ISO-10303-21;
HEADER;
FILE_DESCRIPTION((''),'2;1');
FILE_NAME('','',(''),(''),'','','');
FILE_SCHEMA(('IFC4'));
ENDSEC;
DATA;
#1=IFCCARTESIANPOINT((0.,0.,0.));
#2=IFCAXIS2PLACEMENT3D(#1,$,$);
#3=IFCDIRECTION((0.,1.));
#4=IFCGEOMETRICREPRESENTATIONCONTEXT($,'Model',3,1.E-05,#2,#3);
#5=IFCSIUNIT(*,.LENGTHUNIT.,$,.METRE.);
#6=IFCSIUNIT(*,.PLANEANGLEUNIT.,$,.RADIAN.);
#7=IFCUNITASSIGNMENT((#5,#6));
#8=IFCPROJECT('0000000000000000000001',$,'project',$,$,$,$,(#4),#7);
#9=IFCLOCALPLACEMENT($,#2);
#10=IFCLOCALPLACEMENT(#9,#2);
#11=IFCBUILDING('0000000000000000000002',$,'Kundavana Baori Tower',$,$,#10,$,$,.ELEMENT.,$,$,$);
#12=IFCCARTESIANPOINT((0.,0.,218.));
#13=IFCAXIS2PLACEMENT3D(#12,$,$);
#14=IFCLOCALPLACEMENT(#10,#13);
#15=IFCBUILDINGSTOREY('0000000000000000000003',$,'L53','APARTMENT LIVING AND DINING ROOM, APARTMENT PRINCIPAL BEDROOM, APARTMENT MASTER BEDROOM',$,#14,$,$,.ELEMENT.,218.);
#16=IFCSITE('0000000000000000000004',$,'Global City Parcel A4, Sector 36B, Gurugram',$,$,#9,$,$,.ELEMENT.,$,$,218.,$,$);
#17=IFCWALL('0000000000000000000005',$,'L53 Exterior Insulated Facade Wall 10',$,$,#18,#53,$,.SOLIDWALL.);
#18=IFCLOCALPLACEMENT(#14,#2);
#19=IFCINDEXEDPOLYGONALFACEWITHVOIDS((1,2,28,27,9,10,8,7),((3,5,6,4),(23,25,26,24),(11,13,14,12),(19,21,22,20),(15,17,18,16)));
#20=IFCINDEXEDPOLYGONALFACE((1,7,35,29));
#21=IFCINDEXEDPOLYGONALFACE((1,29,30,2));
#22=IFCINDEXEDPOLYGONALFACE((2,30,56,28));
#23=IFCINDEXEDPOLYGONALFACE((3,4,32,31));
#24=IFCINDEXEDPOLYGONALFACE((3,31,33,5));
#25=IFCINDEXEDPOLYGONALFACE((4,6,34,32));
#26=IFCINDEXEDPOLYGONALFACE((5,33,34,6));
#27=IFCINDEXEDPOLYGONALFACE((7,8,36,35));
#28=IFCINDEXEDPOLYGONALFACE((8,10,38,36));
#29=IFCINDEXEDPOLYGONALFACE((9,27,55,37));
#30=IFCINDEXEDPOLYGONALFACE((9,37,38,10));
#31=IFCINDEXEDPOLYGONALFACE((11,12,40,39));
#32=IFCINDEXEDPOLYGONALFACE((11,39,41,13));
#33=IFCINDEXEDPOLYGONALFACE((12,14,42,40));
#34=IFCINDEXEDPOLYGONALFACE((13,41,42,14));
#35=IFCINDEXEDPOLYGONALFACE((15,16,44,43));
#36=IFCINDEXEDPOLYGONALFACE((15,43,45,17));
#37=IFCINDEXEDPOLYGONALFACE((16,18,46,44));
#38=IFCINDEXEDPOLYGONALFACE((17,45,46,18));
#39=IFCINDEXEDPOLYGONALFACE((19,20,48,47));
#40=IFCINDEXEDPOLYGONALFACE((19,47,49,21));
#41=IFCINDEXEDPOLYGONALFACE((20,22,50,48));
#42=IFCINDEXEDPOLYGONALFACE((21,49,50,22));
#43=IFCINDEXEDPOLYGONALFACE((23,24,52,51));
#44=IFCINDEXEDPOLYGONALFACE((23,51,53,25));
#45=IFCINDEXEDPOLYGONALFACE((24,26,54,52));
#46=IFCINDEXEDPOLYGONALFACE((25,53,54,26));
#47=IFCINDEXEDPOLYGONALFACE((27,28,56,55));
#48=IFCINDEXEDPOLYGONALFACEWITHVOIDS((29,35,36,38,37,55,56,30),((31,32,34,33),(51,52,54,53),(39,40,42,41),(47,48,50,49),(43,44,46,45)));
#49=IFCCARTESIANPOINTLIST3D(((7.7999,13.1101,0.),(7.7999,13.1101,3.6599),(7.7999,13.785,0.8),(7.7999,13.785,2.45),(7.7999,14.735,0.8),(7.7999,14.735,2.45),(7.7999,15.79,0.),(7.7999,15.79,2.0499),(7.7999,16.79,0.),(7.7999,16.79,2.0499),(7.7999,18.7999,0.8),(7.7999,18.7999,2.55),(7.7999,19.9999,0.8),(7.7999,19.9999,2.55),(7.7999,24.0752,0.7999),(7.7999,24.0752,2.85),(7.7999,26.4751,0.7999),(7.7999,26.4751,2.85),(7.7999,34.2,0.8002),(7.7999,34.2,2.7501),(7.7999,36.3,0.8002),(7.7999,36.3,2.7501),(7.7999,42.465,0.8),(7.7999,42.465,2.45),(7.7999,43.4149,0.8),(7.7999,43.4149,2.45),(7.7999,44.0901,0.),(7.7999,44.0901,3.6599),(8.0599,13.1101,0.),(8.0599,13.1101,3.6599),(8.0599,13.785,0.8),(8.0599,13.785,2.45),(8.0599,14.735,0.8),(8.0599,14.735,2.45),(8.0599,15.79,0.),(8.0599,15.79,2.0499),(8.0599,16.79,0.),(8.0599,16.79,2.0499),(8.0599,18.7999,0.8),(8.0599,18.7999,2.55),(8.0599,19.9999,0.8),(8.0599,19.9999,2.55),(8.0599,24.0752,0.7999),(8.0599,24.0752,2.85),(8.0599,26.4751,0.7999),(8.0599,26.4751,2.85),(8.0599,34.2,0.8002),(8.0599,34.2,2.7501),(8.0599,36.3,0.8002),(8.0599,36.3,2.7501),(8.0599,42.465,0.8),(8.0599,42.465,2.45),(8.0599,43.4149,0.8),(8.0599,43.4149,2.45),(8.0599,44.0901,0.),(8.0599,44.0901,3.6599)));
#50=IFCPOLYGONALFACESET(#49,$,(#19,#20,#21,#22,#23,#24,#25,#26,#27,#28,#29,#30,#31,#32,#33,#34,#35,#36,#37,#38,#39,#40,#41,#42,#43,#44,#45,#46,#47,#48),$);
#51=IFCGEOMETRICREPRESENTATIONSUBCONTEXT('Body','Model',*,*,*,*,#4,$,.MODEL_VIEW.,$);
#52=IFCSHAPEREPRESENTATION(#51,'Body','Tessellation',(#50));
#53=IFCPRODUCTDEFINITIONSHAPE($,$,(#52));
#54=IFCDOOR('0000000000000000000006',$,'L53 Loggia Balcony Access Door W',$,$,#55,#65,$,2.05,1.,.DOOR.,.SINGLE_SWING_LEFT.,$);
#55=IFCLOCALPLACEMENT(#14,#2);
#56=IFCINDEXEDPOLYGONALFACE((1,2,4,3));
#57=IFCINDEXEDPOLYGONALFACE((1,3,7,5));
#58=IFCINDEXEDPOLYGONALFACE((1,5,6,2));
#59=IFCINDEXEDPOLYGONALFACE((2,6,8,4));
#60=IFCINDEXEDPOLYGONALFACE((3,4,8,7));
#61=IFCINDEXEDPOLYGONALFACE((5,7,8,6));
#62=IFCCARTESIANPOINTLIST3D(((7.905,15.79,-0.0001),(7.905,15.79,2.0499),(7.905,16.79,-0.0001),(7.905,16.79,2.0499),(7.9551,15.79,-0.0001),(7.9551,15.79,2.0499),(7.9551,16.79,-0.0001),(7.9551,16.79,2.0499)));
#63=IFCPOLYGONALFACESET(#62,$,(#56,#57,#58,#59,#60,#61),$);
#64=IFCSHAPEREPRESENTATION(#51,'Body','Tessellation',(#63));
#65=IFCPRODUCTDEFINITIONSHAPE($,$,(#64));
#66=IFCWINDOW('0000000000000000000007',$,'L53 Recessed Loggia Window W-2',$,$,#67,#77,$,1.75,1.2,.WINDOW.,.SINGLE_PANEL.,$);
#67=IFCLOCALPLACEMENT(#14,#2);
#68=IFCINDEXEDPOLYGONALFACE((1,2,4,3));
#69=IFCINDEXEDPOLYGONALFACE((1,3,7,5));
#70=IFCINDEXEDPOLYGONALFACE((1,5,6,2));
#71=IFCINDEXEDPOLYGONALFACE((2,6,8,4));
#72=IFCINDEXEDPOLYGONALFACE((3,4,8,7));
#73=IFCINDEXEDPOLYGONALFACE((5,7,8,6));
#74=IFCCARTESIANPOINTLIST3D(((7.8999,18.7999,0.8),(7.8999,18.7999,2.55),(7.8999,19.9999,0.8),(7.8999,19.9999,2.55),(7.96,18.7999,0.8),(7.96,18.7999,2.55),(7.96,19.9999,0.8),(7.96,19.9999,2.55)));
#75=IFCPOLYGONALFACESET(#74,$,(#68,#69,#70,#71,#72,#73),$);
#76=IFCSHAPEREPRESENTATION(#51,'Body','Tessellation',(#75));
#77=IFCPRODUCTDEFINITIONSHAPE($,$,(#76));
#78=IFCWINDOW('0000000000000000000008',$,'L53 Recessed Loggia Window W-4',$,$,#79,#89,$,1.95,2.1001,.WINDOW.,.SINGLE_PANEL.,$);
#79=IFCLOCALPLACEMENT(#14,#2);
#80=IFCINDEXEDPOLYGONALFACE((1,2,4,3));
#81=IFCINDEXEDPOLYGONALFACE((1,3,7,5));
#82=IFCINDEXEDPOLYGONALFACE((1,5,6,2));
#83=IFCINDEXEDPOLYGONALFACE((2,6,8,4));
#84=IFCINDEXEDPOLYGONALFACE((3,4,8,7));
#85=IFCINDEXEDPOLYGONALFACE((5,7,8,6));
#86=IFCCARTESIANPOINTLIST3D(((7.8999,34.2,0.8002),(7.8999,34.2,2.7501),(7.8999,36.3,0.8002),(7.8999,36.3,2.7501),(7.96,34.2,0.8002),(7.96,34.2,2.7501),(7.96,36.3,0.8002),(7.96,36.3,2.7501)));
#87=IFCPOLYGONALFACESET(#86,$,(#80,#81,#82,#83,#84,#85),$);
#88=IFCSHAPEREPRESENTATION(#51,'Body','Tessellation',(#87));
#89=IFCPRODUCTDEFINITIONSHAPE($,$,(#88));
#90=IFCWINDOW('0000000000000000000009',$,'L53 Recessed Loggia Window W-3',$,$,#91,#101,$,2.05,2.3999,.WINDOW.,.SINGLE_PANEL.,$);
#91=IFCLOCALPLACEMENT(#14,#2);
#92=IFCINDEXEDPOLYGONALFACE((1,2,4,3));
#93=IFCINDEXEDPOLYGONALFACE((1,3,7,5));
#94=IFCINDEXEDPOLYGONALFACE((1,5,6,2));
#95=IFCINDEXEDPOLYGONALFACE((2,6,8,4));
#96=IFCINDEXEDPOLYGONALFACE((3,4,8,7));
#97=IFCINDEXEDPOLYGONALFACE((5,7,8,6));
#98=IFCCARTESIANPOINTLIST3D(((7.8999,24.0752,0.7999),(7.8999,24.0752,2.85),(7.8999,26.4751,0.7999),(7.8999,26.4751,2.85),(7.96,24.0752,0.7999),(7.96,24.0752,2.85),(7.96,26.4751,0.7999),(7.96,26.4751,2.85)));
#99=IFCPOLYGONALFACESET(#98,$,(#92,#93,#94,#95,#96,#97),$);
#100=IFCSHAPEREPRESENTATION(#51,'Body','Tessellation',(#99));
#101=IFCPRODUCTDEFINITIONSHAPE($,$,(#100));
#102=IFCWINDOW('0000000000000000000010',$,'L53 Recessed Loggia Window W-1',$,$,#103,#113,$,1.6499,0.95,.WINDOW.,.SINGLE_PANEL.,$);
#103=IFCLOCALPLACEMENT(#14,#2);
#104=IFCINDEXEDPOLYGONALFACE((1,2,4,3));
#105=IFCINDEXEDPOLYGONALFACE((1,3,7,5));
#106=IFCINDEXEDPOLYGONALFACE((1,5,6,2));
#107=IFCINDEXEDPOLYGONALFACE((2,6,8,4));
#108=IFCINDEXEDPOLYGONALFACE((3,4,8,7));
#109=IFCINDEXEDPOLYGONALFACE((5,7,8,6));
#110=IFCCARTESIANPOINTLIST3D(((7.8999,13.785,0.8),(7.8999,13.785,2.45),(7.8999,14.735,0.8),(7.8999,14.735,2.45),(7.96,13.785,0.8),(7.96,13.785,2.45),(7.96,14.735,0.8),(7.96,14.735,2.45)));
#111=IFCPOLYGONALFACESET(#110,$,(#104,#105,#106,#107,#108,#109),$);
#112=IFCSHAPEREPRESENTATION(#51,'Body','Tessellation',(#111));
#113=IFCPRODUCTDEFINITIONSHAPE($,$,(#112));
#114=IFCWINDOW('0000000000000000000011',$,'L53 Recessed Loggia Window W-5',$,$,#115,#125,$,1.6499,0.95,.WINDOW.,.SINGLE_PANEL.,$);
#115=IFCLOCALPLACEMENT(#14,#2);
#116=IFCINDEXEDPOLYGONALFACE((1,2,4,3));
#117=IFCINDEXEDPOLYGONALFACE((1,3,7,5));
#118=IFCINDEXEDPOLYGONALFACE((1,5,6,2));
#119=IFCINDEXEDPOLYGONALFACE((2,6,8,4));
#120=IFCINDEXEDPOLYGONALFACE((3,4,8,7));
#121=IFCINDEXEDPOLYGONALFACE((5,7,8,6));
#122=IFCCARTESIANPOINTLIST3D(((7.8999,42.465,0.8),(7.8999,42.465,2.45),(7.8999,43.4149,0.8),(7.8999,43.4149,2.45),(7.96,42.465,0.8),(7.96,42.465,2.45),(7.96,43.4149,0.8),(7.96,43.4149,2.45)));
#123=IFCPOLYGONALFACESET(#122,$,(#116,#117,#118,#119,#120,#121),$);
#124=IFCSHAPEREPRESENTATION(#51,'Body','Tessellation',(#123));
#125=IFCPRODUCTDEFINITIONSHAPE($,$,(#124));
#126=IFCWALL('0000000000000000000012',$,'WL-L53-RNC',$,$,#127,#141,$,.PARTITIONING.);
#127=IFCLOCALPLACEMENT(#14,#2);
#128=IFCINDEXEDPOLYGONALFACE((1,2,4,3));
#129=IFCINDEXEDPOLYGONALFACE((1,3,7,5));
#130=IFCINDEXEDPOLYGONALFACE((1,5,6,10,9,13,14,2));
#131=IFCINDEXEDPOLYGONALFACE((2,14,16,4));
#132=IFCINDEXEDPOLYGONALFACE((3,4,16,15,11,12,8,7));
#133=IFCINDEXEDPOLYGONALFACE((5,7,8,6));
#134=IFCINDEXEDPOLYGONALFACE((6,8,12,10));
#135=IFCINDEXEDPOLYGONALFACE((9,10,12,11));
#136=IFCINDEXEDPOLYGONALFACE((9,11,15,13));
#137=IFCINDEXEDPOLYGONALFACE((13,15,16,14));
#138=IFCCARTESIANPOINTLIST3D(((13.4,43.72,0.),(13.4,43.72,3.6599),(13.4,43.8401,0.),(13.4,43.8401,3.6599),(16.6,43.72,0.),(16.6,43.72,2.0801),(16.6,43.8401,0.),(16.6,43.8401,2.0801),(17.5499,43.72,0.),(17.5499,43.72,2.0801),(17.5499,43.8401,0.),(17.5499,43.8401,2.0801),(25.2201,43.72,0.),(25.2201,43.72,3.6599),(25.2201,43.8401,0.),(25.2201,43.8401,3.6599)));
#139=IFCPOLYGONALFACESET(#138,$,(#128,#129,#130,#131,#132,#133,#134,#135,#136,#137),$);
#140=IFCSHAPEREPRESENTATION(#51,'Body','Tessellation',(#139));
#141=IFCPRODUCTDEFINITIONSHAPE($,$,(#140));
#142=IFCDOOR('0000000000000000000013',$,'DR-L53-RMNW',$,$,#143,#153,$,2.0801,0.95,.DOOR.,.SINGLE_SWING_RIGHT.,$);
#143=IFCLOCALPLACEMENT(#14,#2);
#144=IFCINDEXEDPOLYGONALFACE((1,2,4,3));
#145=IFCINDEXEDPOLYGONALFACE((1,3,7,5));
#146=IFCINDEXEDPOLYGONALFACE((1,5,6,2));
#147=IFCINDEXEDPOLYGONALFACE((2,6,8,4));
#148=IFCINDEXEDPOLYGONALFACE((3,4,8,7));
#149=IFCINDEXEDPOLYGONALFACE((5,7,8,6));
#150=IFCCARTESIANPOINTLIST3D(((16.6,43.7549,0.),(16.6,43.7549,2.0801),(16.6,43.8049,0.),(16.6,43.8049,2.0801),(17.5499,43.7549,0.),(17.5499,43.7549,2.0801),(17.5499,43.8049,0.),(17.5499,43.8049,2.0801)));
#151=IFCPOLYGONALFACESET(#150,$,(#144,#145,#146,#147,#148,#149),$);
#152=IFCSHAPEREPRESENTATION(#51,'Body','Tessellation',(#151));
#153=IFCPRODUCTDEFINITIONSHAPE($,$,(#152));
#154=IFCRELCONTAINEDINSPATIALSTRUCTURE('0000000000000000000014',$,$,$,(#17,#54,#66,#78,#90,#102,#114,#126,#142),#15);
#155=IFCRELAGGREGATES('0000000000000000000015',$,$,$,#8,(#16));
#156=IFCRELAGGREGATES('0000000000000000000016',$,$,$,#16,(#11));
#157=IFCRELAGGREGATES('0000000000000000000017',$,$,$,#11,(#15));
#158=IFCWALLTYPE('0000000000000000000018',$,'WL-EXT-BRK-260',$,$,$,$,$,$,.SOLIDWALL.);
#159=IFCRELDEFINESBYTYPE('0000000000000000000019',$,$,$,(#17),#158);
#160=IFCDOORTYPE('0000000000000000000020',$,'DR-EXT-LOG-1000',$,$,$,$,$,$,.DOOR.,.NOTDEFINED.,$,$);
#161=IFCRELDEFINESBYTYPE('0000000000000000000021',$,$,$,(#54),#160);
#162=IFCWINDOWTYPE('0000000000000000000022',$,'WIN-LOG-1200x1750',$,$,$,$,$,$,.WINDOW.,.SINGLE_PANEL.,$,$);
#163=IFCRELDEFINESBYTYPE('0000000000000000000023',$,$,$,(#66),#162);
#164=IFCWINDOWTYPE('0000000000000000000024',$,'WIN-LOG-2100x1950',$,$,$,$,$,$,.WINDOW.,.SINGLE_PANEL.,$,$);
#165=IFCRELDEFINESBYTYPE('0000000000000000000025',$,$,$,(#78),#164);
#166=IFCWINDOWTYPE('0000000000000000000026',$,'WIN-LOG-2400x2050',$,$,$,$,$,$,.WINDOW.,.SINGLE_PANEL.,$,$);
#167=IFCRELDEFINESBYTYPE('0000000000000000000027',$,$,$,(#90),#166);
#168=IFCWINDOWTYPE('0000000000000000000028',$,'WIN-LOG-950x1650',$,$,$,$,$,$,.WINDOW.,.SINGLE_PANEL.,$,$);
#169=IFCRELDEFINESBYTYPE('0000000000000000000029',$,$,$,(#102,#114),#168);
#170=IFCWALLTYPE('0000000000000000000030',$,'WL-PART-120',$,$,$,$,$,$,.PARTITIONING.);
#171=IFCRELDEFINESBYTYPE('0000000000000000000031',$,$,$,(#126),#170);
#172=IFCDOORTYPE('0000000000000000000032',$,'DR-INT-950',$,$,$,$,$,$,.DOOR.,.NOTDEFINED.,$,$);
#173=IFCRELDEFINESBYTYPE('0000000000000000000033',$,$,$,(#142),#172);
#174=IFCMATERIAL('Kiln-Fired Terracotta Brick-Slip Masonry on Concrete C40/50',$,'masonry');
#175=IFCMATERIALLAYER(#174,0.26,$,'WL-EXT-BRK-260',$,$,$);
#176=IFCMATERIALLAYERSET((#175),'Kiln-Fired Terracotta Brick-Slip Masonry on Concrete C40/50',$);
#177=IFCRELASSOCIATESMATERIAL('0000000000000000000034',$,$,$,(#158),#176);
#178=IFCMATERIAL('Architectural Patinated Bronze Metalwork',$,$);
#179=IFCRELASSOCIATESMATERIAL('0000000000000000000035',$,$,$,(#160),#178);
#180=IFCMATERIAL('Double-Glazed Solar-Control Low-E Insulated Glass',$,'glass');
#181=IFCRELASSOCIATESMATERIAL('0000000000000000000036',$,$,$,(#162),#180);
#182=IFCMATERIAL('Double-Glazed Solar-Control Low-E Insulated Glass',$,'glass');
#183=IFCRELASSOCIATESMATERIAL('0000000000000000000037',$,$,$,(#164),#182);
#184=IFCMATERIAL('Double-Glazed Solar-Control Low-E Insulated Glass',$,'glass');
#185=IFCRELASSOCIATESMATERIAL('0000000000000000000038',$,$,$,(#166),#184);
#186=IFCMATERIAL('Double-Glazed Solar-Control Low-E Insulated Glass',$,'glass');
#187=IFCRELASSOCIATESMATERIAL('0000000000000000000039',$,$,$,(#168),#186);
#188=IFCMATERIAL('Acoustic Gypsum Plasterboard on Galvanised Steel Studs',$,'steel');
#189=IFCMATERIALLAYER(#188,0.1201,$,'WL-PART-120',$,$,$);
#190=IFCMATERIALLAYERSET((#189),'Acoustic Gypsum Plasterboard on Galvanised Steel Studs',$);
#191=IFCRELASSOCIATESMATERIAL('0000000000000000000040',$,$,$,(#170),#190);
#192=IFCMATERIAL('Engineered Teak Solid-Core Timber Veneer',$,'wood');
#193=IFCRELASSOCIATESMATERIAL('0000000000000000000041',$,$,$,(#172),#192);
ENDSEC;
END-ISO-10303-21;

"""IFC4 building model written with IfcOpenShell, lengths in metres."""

from ifc_helpers import new_model, si_unit, direction, frame, frame_2d, origin, place, context, subcontext, project, spatial, rectangle, extrude, material, layer, layer_set, type_object, element, fill, save


model = new_model("IFC4")

# Units and contexts
model_context = context("Model", 3, precision=1e-05, world=origin(), true_north=direction((0.0, 1.0)))
body_context = subcontext(model_context, "Body", "Model", "MODEL_VIEW")
ifc_project = project(units=[si_unit("LENGTHUNIT", "METRE"), si_unit("PLANEANGLEUNIT", "RADIAN")], contexts=[model_context])

# Site, building, storey
site_placement = place(None, origin())
site = spatial("IfcSite", under=ifc_project, at=site_placement, Name="Global City Parcel A4, Sector 36B, Gurugram", CompositionType="ELEMENT", RefElevation=218.0)
building_placement = place(site_placement, origin())
building = spatial("IfcBuilding", under=site, at=building_placement, Name="Kundavana Baori Tower", CompositionType="ELEMENT")
storey_placement = place(building_placement, frame((0.0, 0.0, 218.0)))
storey = spatial("IfcBuildingStorey", under=building, at=storey_placement, Name="L53", Description="APARTMENT LIVING AND DINING ROOM, APARTMENT PRINCIPAL BEDROOM, APARTMENT MASTER BEDROOM", CompositionType="ELEMENT", Elevation=218.0)

# Shared definitions
ifc_material_1 = material(Name="Kiln-Fired Terracotta Brick-Slip Masonry on Concrete C40/50", Category="masonry")
ifc_layer_1 = layer(ifc_material_1, 0.26, Name="WL-EXT-BRK-260")
ifc_layer_set_1 = layer_set([ifc_layer_1], Name="Kiln-Fired Terracotta Brick-Slip Masonry on Concrete C40/50")
wall_type_1 = type_object("IfcWallType", Name="WL-EXT-BRK-260", PredefinedType="SOLIDWALL", material=ifc_layer_set_1)

# Wall, openings, door, windows
wall_1_placement = place(storey_placement, frame((7.9299, 44.0901, 0.0), z_axis=(0.0, 0.0, 1.0), x_axis=(0.0, -1.0, 0.0)))
wall_1 = element("IfcWall", 1, at=wall_1_placement, inside=storey, type_object=wall_type_1, Name="L53 Exterior Insulated Facade Wall 10", PredefinedType="SOLIDWALL", context=body_context, shape_type="SweptSolid", body=[
    extrude(rectangle(XDim=30.98, YDim=0.26, at=frame_2d((15.49, 0.0))), origin(), (0.0, 0.0, 1.0), 3.6599),
])
opening_1_placement = place(wall_1_placement, frame((29.355, 0.0, 0.8)))
opening_1 = element("IfcOpeningElement", 2, at=opening_1_placement, cuts=wall_1, PredefinedType="OPENING", context=body_context, shape_type="SweptSolid", body=[
    extrude(rectangle(XDim=0.95, YDim=1.6499, at=frame_2d((0.4751, 0.825))), frame((0.0, 0.1401, 0.0), z_axis=(0.0, -1.0, 0.0), x_axis=(1.0, 0.0, 0.0)), (0.0, 0.0, 1.0), 0.28),
])
opening_2_placement = place(wall_1_placement, frame((27.3, 0.0, 0.0)))
opening_2 = element("IfcOpeningElement", 3, at=opening_2_placement, cuts=wall_1, PredefinedType="OPENING", context=body_context, shape_type="SweptSolid", body=[
    extrude(rectangle(XDim=1.0, YDim=2.05, at=frame_2d((0.5, 1.0249))), frame((0.0, 0.1401, 0.0), z_axis=(0.0, -1.0, 0.0), x_axis=(1.0, 0.0, 0.0)), (0.0, 0.0, 1.0), 0.28),
])
opening_3_placement = place(wall_1_placement, frame((24.0901, 0.0, 0.8)))
opening_3 = element("IfcOpeningElement", 4, at=opening_3_placement, cuts=wall_1, PredefinedType="OPENING", context=body_context, shape_type="SweptSolid", body=[
    extrude(rectangle(XDim=1.2, YDim=1.75, at=frame_2d((0.6001, 0.875))), frame((0.0, 0.1401, 0.0), z_axis=(0.0, -1.0, 0.0), x_axis=(1.0, 0.0, 0.0)), (0.0, 0.0, 1.0), 0.28),
])
opening_4_placement = place(wall_1_placement, frame((17.615, 0.0, 0.8)))
opening_4 = element("IfcOpeningElement", 5, at=opening_4_placement, cuts=wall_1, PredefinedType="OPENING", context=body_context, shape_type="SweptSolid", body=[
    extrude(rectangle(XDim=2.3999, YDim=2.05, at=frame_2d((1.2, 1.0249))), frame((0.0, 0.1401, 0.0), z_axis=(0.0, -1.0, 0.0), x_axis=(1.0, 0.0, 0.0)), (0.0, 0.0, 1.0), 0.28),
])
opening_5_placement = place(wall_1_placement, frame((7.79, 0.0, 0.8)))
opening_5 = element("IfcOpeningElement", 6, at=opening_5_placement, cuts=wall_1, PredefinedType="OPENING", context=body_context, shape_type="SweptSolid", body=[
    extrude(rectangle(XDim=2.1001, YDim=1.95, at=frame_2d((1.05, 0.9751))), frame((0.0, 0.1401, 0.0), z_axis=(0.0, -1.0, 0.0), x_axis=(1.0, 0.0, 0.0)), (0.0, 0.0, 1.0), 0.28),
])
opening_6_placement = place(wall_1_placement, frame((0.675, 0.0, 0.8)))
opening_6 = element("IfcOpeningElement", 7, at=opening_6_placement, cuts=wall_1, PredefinedType="OPENING", context=body_context, shape_type="SweptSolid", body=[
    extrude(rectangle(XDim=0.95, YDim=1.6499, at=frame_2d((0.4751, 0.825))), frame((0.0, 0.1401, 0.0), z_axis=(0.0, -1.0, 0.0), x_axis=(1.0, 0.0, 0.0)), (0.0, 0.0, 1.0), 0.28),
])
ifc_material_2 = material(Name="Architectural Patinated Bronze Metalwork")
door_type_1 = type_object("IfcDoorType", Name="DR-EXT-LOG-1000", OperationType="NOTDEFINED", PredefinedType="DOOR", material=ifc_material_2)
door_1_placement = place(opening_2_placement, frame((1.0, 0.0, 0.0), z_axis=(0.0, 0.0, 1.0), x_axis=(-1.0, 0.0, 0.0)))
door_1 = element("IfcDoor", 8, at=door_1_placement, inside=storey, type_object=door_type_1, Name="L53 Loggia Balcony Access Door W", OperationType="SINGLE_SWING_LEFT", OverallHeight=2.05, OverallWidth=1.0, PredefinedType="DOOR", context=body_context, shape_type="SweptSolid", body=[
    extrude(rectangle(XDim=1.0, YDim=2.05, at=frame_2d((0.5, 1.0249))), frame((0.0, 0.0249, 0.0), z_axis=(0.0, -1.0, 0.0), x_axis=(1.0, 0.0, 0.0)), (0.0, 0.0, 1.0), 0.05),
])
fill(opening_2, door_1)
ifc_material_3 = material(Name="Double-Glazed Solar-Control Low-E Insulated Glass", Category="glass")
window_type_1 = type_object("IfcWindowType", Name="WIN-LOG-1200x1750", PartitioningType="SINGLE_PANEL", PredefinedType="WINDOW", material=ifc_material_3)
window_1_placement = place(opening_3_placement, origin())
window_1 = element("IfcWindow", 9, at=window_1_placement, inside=storey, type_object=window_type_1, Name="L53 Recessed Loggia Window W-2", OverallHeight=1.75, OverallWidth=1.2, PartitioningType="SINGLE_PANEL", PredefinedType="WINDOW", context=body_context, shape_type="SweptSolid", body=[
    extrude(rectangle(XDim=1.2, YDim=1.75, at=frame_2d((0.6001, 0.875))), frame((0.0, 0.03, 0.0), z_axis=(0.0, -1.0, 0.0), x_axis=(1.0, 0.0, 0.0)), (0.0, 0.0, 1.0), 0.0601),
])
fill(opening_3, window_1)
ifc_material_4 = material(Name="Double-Glazed Solar-Control Low-E Insulated Glass", Category="glass")
window_type_2 = type_object("IfcWindowType", Name="WIN-LOG-2100x1950", PartitioningType="SINGLE_PANEL", PredefinedType="WINDOW", material=ifc_material_4)
window_2_placement = place(opening_5_placement, origin())
window_2 = element("IfcWindow", 10, at=window_2_placement, inside=storey, type_object=window_type_2, Name="L53 Recessed Loggia Window W-4", OverallHeight=1.95, OverallWidth=2.1001, PartitioningType="SINGLE_PANEL", PredefinedType="WINDOW", context=body_context, shape_type="SweptSolid", body=[
    extrude(rectangle(XDim=2.1001, YDim=1.95, at=frame_2d((1.05, 0.9751))), frame((0.0, 0.03, 0.0), z_axis=(0.0, -1.0, 0.0), x_axis=(1.0, 0.0, 0.0)), (0.0, 0.0, 1.0), 0.0601),
])
fill(opening_5, window_2)
ifc_material_5 = material(Name="Double-Glazed Solar-Control Low-E Insulated Glass", Category="glass")
window_type_3 = type_object("IfcWindowType", Name="WIN-LOG-2400x2050", PartitioningType="SINGLE_PANEL", PredefinedType="WINDOW", material=ifc_material_5)
window_3_placement = place(opening_4_placement, origin())
window_3 = element("IfcWindow", 11, at=window_3_placement, inside=storey, type_object=window_type_3, Name="L53 Recessed Loggia Window W-3", OverallHeight=2.05, OverallWidth=2.3999, PartitioningType="SINGLE_PANEL", PredefinedType="WINDOW", context=body_context, shape_type="SweptSolid", body=[
    extrude(rectangle(XDim=2.3999, YDim=2.05, at=frame_2d((1.2, 1.0249))), frame((0.0, 0.03, 0.0), z_axis=(0.0, -1.0, 0.0), x_axis=(1.0, 0.0, 0.0)), (0.0, 0.0, 1.0), 0.0601),
])
fill(opening_4, window_3)
ifc_material_6 = material(Name="Double-Glazed Solar-Control Low-E Insulated Glass", Category="glass")
window_type_4 = type_object("IfcWindowType", Name="WIN-LOG-950x1650", PartitioningType="SINGLE_PANEL", PredefinedType="WINDOW", material=ifc_material_6)
window_4_placement = place(opening_1_placement, origin())
window_4 = element("IfcWindow", 12, at=window_4_placement, inside=storey, type_object=window_type_4, Name="L53 Recessed Loggia Window W-1", OverallHeight=1.6499, OverallWidth=0.95, PartitioningType="SINGLE_PANEL", PredefinedType="WINDOW", context=body_context, shape_type="SweptSolid", body=[
    extrude(rectangle(XDim=0.95, YDim=1.6499, at=frame_2d((0.4751, 0.825))), frame((0.0, 0.03, 0.0), z_axis=(0.0, -1.0, 0.0), x_axis=(1.0, 0.0, 0.0)), (0.0, 0.0, 1.0), 0.0601),
])
fill(opening_1, window_4)
window_5_placement = place(opening_6_placement, origin())
window_5 = element("IfcWindow", 13, at=window_5_placement, inside=storey, type_object=window_type_4, Name="L53 Recessed Loggia Window W-5", OverallHeight=1.6499, OverallWidth=0.95, PartitioningType="SINGLE_PANEL", PredefinedType="WINDOW", context=body_context, shape_type="SweptSolid", body=[
    extrude(rectangle(XDim=0.95, YDim=1.6499, at=frame_2d((0.4751, 0.825))), frame((0.0, 0.03, 0.0), z_axis=(0.0, -1.0, 0.0), x_axis=(1.0, 0.0, 0.0)), (0.0, 0.0, 1.0), 0.0601),
])
fill(opening_6, window_5)

# Wall, opening, door
ifc_material_7 = material(Name="Acoustic Gypsum Plasterboard on Galvanised Steel Studs", Category="steel")
ifc_layer_2 = layer(ifc_material_7, 0.1201, Name="WL-PART-120")
ifc_layer_set_2 = layer_set([ifc_layer_2], Name="Acoustic Gypsum Plasterboard on Galvanised Steel Studs")
wall_type_2 = type_object("IfcWallType", Name="WL-PART-120", PredefinedType="PARTITIONING", material=ifc_layer_set_2)
wall_2_placement = place(storey_placement, frame((13.3999, 43.78, 0.0), z_axis=(0.0, 0.0, 1.0), x_axis=(1.0, 0.0, 0.0)))
wall_2 = element("IfcWall", 14, at=wall_2_placement, inside=storey, type_object=wall_type_2, Name="WL-L53-RNC", PredefinedType="PARTITIONING", context=body_context, shape_type="SweptSolid", body=[
    extrude(rectangle(XDim=11.8201, YDim=0.1201, at=frame_2d((5.9102, 0.0))), origin(), (0.0, 0.0, 1.0), 3.6599),
])
opening_7_placement = place(wall_2_placement, frame((3.2, 0.0, 0.0)))
opening_7 = element("IfcOpeningElement", 15, at=opening_7_placement, cuts=wall_2, PredefinedType="OPENING", context=body_context, shape_type="SweptSolid", body=[
    extrude(rectangle(XDim=0.95, YDim=2.0801, at=frame_2d((0.4751, 1.04))), frame((0.0, 0.0701, 0.0), z_axis=(0.0, -1.0, 0.0), x_axis=(1.0, 0.0, 0.0)), (0.0, 0.0, 1.0), 0.1401),
])
ifc_material_8 = material(Name="Engineered Teak Solid-Core Timber Veneer", Category="wood")
door_type_2 = type_object("IfcDoorType", Name="DR-INT-950", OperationType="NOTDEFINED", PredefinedType="DOOR", material=ifc_material_8)
door_2_placement = place(opening_7_placement, origin())
door_2 = element("IfcDoor", 16, at=door_2_placement, inside=storey, type_object=door_type_2, Name="DR-L53-RMNW", OperationType="SINGLE_SWING_RIGHT", OverallHeight=2.0801, OverallWidth=0.95, PredefinedType="DOOR", context=body_context, shape_type="SweptSolid", body=[
    extrude(rectangle(XDim=0.95, YDim=2.0801, at=frame_2d((0.4751, 1.04))), frame((0.0, 0.0249, 0.0), z_axis=(0.0, -1.0, 0.0), x_axis=(1.0, 0.0, 0.0)), (0.0, 0.0, 1.0), 0.05),
])
fill(opening_7, door_2)

save(model, "model.ifc")
